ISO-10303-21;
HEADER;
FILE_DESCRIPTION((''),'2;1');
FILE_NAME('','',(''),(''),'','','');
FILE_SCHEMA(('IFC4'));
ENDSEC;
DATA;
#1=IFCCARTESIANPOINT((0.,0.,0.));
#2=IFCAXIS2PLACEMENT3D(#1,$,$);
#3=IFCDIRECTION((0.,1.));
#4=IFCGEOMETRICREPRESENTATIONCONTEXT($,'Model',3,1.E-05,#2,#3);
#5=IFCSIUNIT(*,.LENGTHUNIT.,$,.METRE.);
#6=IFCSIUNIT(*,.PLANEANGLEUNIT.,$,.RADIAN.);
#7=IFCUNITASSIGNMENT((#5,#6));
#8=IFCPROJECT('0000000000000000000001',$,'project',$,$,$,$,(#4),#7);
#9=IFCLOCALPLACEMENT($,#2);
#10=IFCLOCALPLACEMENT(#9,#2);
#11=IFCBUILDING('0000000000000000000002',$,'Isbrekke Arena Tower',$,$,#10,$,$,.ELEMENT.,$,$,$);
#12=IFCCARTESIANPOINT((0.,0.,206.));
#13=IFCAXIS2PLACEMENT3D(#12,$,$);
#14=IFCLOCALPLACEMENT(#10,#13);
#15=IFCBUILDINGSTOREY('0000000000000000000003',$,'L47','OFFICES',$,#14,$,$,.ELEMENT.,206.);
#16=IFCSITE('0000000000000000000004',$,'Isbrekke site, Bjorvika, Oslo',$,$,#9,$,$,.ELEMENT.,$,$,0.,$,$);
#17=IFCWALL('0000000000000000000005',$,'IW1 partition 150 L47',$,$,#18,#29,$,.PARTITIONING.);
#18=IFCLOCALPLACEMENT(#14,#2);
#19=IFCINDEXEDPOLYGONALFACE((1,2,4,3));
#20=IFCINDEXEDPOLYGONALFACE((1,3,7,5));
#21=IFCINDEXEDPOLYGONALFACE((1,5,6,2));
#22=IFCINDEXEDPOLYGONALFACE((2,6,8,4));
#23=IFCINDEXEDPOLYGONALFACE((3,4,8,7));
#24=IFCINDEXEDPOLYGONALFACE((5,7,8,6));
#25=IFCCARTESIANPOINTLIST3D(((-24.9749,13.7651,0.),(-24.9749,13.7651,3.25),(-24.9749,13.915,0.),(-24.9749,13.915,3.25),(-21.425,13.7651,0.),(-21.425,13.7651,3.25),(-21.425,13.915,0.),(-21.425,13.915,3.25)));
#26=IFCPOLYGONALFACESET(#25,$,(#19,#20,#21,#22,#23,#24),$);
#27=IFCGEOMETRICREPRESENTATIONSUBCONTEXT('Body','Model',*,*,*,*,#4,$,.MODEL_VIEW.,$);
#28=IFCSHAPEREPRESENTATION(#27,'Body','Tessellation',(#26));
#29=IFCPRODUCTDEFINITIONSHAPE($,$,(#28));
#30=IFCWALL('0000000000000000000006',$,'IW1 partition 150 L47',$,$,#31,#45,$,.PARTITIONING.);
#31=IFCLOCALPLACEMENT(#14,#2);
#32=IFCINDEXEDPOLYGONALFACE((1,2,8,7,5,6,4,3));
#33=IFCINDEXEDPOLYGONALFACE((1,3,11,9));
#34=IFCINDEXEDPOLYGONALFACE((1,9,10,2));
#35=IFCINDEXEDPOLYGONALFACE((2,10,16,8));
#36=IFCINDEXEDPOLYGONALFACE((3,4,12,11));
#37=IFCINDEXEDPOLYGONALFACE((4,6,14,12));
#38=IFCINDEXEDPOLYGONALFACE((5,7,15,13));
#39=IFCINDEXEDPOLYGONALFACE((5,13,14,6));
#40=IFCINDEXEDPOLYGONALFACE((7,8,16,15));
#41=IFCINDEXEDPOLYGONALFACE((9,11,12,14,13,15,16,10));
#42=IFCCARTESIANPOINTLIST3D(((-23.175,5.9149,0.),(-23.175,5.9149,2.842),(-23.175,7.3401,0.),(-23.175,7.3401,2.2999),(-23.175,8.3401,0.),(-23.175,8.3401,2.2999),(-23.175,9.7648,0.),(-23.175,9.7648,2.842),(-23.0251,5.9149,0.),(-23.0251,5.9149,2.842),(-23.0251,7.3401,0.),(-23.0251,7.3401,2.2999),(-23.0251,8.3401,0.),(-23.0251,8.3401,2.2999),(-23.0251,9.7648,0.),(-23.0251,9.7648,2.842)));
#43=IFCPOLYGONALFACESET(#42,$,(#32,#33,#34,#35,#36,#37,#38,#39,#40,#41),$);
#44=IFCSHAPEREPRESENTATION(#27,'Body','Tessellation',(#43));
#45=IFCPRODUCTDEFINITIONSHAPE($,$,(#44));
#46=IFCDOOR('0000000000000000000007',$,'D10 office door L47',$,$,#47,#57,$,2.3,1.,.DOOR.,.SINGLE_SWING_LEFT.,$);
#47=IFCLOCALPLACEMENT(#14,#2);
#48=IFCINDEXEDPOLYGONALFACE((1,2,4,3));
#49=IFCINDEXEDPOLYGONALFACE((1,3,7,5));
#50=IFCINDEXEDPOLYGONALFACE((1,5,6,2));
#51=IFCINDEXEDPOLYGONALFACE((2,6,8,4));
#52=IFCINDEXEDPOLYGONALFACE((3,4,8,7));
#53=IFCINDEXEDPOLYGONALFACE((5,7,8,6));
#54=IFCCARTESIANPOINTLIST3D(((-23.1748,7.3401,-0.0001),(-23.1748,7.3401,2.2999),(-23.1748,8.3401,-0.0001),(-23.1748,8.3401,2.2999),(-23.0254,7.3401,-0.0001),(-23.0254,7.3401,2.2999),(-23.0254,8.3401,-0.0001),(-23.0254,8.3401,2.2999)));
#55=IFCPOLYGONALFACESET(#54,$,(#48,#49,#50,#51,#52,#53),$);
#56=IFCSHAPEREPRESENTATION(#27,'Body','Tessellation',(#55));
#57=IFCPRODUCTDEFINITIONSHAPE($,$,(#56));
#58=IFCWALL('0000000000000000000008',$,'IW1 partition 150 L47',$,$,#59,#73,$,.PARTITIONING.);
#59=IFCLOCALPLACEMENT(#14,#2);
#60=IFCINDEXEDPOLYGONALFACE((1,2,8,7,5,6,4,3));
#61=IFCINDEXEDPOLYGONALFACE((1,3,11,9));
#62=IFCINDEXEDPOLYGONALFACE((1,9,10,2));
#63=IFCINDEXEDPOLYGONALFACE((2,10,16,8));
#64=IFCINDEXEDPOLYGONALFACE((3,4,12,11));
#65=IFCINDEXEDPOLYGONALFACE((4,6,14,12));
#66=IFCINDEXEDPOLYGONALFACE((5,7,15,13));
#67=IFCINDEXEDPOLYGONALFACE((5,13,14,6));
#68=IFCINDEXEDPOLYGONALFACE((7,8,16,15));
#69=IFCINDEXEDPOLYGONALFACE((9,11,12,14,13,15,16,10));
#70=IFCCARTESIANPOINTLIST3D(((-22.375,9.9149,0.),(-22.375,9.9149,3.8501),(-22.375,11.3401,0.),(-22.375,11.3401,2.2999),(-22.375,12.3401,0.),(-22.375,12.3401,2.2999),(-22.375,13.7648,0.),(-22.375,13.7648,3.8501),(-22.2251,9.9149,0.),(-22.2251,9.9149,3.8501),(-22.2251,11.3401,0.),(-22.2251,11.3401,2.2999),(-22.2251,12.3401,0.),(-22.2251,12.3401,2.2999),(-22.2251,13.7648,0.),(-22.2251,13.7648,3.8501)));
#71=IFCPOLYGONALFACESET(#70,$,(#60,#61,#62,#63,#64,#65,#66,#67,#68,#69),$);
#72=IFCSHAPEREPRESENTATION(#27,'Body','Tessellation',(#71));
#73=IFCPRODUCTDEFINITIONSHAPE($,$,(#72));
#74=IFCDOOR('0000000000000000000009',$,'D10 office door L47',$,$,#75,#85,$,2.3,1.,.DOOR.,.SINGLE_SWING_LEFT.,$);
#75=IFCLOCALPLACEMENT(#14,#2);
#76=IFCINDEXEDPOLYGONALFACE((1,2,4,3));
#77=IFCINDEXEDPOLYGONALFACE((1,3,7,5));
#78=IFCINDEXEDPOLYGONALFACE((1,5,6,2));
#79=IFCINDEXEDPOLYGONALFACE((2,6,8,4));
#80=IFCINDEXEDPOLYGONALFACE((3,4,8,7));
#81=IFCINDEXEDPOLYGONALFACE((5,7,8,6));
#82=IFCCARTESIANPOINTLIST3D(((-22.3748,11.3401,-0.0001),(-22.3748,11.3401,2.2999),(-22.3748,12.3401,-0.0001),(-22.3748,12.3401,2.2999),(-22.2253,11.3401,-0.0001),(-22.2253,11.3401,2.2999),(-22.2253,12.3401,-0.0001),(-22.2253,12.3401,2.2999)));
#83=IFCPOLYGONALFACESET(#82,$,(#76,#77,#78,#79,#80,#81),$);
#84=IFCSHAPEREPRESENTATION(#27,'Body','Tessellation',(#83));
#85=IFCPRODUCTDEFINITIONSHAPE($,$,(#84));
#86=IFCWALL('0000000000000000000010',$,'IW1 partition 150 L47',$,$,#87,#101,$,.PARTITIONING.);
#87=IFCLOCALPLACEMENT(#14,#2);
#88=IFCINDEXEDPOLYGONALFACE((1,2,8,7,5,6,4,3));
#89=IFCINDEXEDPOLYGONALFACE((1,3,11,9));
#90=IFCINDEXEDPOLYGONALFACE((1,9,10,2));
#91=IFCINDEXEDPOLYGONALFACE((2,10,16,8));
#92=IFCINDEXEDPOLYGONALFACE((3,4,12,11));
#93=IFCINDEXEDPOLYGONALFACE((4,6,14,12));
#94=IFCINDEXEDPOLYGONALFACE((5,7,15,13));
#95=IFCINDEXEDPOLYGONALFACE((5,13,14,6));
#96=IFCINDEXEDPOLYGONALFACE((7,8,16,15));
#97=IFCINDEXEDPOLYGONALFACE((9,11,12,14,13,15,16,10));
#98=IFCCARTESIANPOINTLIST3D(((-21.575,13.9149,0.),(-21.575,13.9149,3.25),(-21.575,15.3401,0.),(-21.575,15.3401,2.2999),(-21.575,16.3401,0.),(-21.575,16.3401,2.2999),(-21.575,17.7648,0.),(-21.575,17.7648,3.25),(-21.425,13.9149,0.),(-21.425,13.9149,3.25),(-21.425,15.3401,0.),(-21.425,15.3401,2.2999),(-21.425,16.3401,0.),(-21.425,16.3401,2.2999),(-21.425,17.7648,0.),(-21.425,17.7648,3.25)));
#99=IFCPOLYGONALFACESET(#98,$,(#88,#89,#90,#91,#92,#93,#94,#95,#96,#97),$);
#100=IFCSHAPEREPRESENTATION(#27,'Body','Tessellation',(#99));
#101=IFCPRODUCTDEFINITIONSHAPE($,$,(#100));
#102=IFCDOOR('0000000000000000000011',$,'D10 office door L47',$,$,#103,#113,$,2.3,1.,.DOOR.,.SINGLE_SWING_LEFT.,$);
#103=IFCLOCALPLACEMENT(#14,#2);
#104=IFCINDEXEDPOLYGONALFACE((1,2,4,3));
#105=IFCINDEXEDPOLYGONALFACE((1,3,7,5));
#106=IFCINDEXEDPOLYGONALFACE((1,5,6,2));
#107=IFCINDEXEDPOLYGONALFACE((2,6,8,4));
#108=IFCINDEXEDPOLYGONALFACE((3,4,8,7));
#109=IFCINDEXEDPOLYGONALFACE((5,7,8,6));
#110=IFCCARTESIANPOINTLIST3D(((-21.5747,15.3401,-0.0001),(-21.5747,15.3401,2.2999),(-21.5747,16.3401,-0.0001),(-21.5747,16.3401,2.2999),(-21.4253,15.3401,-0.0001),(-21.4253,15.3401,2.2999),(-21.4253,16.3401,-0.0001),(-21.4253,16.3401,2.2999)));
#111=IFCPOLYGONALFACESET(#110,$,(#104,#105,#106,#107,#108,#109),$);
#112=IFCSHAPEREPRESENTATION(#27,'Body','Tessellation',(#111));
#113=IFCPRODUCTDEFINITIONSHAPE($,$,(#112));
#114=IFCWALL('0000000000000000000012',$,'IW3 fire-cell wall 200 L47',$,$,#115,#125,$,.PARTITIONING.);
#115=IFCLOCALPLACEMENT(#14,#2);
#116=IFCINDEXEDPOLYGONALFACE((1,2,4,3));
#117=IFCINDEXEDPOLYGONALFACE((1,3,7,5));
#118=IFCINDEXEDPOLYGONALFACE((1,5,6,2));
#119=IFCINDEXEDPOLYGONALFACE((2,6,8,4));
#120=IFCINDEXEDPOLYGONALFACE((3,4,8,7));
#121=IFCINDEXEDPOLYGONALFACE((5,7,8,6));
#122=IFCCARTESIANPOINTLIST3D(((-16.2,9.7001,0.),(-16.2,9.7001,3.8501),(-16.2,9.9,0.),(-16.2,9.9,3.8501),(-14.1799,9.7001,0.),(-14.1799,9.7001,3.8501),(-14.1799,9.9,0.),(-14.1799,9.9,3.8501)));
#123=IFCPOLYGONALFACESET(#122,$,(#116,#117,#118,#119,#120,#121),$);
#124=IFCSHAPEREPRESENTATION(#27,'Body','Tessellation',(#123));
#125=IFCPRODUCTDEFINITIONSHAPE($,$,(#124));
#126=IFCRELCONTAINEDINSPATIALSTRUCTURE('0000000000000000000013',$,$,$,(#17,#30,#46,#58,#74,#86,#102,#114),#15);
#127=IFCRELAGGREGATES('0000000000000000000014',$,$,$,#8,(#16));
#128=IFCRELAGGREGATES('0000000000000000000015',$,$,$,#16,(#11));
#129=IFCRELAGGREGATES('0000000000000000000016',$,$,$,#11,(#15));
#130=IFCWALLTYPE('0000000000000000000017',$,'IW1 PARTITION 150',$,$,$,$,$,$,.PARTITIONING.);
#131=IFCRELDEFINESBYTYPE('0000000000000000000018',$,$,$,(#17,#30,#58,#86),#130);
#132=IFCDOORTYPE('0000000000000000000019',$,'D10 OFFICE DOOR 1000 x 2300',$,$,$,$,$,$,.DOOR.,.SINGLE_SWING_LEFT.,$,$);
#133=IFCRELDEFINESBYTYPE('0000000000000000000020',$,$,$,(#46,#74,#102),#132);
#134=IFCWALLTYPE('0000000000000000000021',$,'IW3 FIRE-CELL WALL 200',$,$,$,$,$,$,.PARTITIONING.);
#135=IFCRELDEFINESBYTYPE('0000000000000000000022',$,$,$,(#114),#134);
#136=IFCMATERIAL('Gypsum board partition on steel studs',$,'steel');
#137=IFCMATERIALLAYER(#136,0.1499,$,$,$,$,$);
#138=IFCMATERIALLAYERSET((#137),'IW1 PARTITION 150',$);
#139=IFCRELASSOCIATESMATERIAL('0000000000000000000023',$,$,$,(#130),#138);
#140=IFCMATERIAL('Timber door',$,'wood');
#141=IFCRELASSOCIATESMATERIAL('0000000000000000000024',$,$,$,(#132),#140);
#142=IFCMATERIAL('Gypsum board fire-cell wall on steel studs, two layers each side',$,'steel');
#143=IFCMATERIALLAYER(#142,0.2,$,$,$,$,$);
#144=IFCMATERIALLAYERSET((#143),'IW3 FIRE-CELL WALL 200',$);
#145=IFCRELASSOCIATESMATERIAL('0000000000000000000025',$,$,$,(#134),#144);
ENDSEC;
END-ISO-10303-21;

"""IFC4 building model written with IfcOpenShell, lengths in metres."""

from ifc_helpers import new_model, si_unit, direction, frame, frame_2d, origin, place, context, subcontext, project, spatial, rectangle, extrude, material, layer, layer_set, type_object, element, fill, save


model = new_model("IFC4")

# Units and contexts
model_context = context("Model", 3, precision=1e-05, world=origin(), true_north=direction((0.0, 1.0)))
body_context = subcontext(model_context, "Body", "Model", "MODEL_VIEW")
ifc_project = project(units=[si_unit("LENGTHUNIT", "METRE"), si_unit("PLANEANGLEUNIT", "RADIAN")], contexts=[model_context])

# Site, building, storey
site_placement = place(None, origin())
site = spatial("IfcSite", under=ifc_project, at=site_placement, Name="Isbrekke site, Bjorvika, Oslo", CompositionType="ELEMENT", RefElevation=0.0)
building_placement = place(site_placement, origin())
building = spatial("IfcBuilding", under=site, at=building_placement, Name="Isbrekke Arena Tower", CompositionType="ELEMENT")
storey_placement = place(building_placement, frame((0.0, 0.0, 206.0)))
storey = spatial("IfcBuildingStorey", under=building, at=storey_placement, Name="L47", Description="OFFICES", CompositionType="ELEMENT", Elevation=206.0)

# Wall
ifc_material_1 = material(Name="Gypsum board partition on steel studs", Category="steel")
ifc_layer_1 = layer(ifc_material_1, 0.1499)
ifc_layer_set_1 = layer_set([ifc_layer_1], Name="IW1 PARTITION 150")
wall_type_1 = type_object("IfcWallType", Name="IW1 PARTITION 150", PredefinedType="PARTITIONING", material=ifc_layer_set_1)
for number, where, z_axis, x_axis, name in (
    (1, (-24.9749, 13.8401, 0.0), (0.0, 0.0, 1.0), (1.0, 0.0, 0.0), "IW1 partition 150 L47"),
):
    element("IfcWall", number, at=place(storey_placement, frame(where, z_axis=z_axis, x_axis=x_axis)), inside=storey, type_object=wall_type_1, Name=name, PredefinedType="PARTITIONING", context=body_context, shape_type="SweptSolid", body=[
        extrude(rectangle(XDim=3.5498, YDim=0.1499, at=frame_2d((1.7749, 0.0))), origin(), (0.0, 0.0, 1.0), 3.25),
    ])

# Walls, openings, doors
wall_1_placement = place(storey_placement, frame((-23.1001, 5.915, 0.0), z_axis=(0.0, 0.0, 1.0), x_axis=(0.0, 1.0, 0.0)))
wall_1 = element("IfcWall", 2, at=wall_1_placement, inside=storey, type_object=wall_type_1, Name="IW1 partition 150 L47", PredefinedType="PARTITIONING", context=body_context, shape_type="SweptSolid", body=[
    extrude(rectangle(XDim=3.8499, YDim=0.1499, at=frame_2d((1.9248, 0.0))), origin(), (0.0, 0.0, 1.0), 2.842),
])
opening_1_placement = place(wall_1_placement, frame((1.425, 0.0, 0.0)))
opening_1 = element("IfcOpeningElement", 3, at=opening_1_placement, cuts=wall_1, PredefinedType="OPENING", context=body_context, shape_type="SweptSolid", body=[
    extrude(rectangle(XDim=1.0, YDim=2.3, at=frame_2d((0.5, 1.1499))), frame((0.0, 0.0898, 0.0), z_axis=(0.0, -1.0, 0.0), x_axis=(1.0, 0.0, 0.0)), (0.0, 0.0, 1.0), 0.1797),
])
ifc_material_2 = material(Name="Timber door", Category="wood")
door_type = type_object("IfcDoorType", Name="D10 OFFICE DOOR 1000 x 2300", OperationType="SINGLE_SWING_LEFT", PredefinedType="DOOR", material=ifc_material_2)
door_1_placement = place(opening_1_placement, origin())
door_1 = element("IfcDoor", 4, at=door_1_placement, inside=storey, type_object=door_type, Name="D10 office door L47", OperationType="SINGLE_SWING_LEFT", OverallHeight=2.3, OverallWidth=1.0, PredefinedType="DOOR", context=body_context, shape_type="SweptSolid", body=[
    extrude(rectangle(XDim=1.0, YDim=2.3, at=frame_2d((0.5, 1.1499))), frame((0.0, 0.0747, 0.0), z_axis=(0.0, -1.0, 0.0), x_axis=(1.0, 0.0, 0.0)), (0.0, 0.0, 1.0), 0.1494),
])
fill(opening_1, door_1)
wall_2_placement = place(storey_placement, frame((-22.3, 9.915, 0.0), z_axis=(0.0, 0.0, 1.0), x_axis=(0.0, 1.0, 0.0)))
wall_2 = element("IfcWall", 5, at=wall_2_placement, inside=storey, type_object=wall_type_1, Name="IW1 partition 150 L47", PredefinedType="PARTITIONING", context=body_context, shape_type="SweptSolid", body=[
    extrude(rectangle(XDim=3.8499, YDim=0.1499, at=frame_2d((1.9248, 0.0))), origin(), (0.0, 0.0, 1.0), 3.8501),
])
opening_2_placement = place(wall_2_placement, frame((1.425, 0.0, 0.0)))
opening_2 = element("IfcOpeningElement", 6, at=opening_2_placement, cuts=wall_2, PredefinedType="OPENING", context=body_context, shape_type="SweptSolid", body=[
    extrude(rectangle(XDim=1.0, YDim=2.3, at=frame_2d((0.5, 1.1499))), frame((0.0, 0.0898, 0.0), z_axis=(0.0, -1.0, 0.0), x_axis=(1.0, 0.0, 0.0)), (0.0, 0.0, 1.0), 0.1797),
])
door_2_placement = place(opening_2_placement, origin())
door_2 = element("IfcDoor", 7, at=door_2_placement, inside=storey, type_object=door_type, Name="D10 office door L47", OperationType="SINGLE_SWING_LEFT", OverallHeight=2.3, OverallWidth=1.0, PredefinedType="DOOR", context=body_context, shape_type="SweptSolid", body=[
    extrude(rectangle(XDim=1.0, YDim=2.3, at=frame_2d((0.5, 1.1499))), frame((0.0, 0.0747, 0.0), z_axis=(0.0, -1.0, 0.0), x_axis=(1.0, 0.0, 0.0)), (0.0, 0.0, 1.0), 0.1494),
])
fill(opening_2, door_2)
wall_3_placement = place(storey_placement, frame((-21.5, 13.915, 0.0), z_axis=(0.0, 0.0, 1.0), x_axis=(0.0, 1.0, 0.0)))
wall_3 = element("IfcWall", 8, at=wall_3_placement, inside=storey, type_object=wall_type_1, Name="IW1 partition 150 L47", PredefinedType="PARTITIONING", context=body_context, shape_type="SweptSolid", body=[
    extrude(rectangle(XDim=3.8499, YDim=0.1499, at=frame_2d((1.9248, 0.0))), origin(), (0.0, 0.0, 1.0), 3.25),
])
opening_3_placement = place(wall_3_placement, frame((1.425, 0.0, 0.0)))
opening_3 = element("IfcOpeningElement", 9, at=opening_3_placement, cuts=wall_3, PredefinedType="OPENING", context=body_context, shape_type="SweptSolid", body=[
    extrude(rectangle(XDim=1.0, YDim=2.3, at=frame_2d((0.5, 1.1499))), frame((0.0, 0.0898, 0.0), z_axis=(0.0, -1.0, 0.0), x_axis=(1.0, 0.0, 0.0)), (0.0, 0.0, 1.0), 0.1797),
])
door_3_placement = place(opening_3_placement, origin())
door_3 = element("IfcDoor", 10, at=door_3_placement, inside=storey, type_object=door_type, Name="D10 office door L47", OperationType="SINGLE_SWING_LEFT", OverallHeight=2.3, OverallWidth=1.0, PredefinedType="DOOR", context=body_context, shape_type="SweptSolid", body=[
    extrude(rectangle(XDim=1.0, YDim=2.3, at=frame_2d((0.5, 1.1499))), frame((0.0, 0.0747, 0.0), z_axis=(0.0, -1.0, 0.0), x_axis=(1.0, 0.0, 0.0)), (0.0, 0.0, 1.0), 0.1494),
])
fill(opening_3, door_3)

# Wall
ifc_material_3 = material(Name="Gypsum board fire-cell wall on steel studs, two layers each side", Category="steel")
ifc_layer_2 = layer(ifc_material_3, 0.2)
ifc_layer_set_2 = layer_set([ifc_layer_2], Name="IW3 FIRE-CELL WALL 200")
wall_type_2 = type_object("IfcWallType", Name="IW3 FIRE-CELL WALL 200", PredefinedType="PARTITIONING", material=ifc_layer_set_2)
wall_4_placement = place(storey_placement, frame((-16.2, 9.8, 0.0), z_axis=(0.0, 0.0, 1.0), x_axis=(1.0, 0.0, 0.0)))
element("IfcWall", 11, at=wall_4_placement, inside=storey, type_object=wall_type_2, Name="IW3 fire-cell wall 200 L47", PredefinedType="PARTITIONING", context=body_context, shape_type="SweptSolid", body=[
    extrude(rectangle(XDim=2.02, YDim=0.2, at=frame_2d((1.01, 0.0))), origin(), (0.0, 0.0, 1.0), 3.8501),
])

save(model, "model.ifc")
